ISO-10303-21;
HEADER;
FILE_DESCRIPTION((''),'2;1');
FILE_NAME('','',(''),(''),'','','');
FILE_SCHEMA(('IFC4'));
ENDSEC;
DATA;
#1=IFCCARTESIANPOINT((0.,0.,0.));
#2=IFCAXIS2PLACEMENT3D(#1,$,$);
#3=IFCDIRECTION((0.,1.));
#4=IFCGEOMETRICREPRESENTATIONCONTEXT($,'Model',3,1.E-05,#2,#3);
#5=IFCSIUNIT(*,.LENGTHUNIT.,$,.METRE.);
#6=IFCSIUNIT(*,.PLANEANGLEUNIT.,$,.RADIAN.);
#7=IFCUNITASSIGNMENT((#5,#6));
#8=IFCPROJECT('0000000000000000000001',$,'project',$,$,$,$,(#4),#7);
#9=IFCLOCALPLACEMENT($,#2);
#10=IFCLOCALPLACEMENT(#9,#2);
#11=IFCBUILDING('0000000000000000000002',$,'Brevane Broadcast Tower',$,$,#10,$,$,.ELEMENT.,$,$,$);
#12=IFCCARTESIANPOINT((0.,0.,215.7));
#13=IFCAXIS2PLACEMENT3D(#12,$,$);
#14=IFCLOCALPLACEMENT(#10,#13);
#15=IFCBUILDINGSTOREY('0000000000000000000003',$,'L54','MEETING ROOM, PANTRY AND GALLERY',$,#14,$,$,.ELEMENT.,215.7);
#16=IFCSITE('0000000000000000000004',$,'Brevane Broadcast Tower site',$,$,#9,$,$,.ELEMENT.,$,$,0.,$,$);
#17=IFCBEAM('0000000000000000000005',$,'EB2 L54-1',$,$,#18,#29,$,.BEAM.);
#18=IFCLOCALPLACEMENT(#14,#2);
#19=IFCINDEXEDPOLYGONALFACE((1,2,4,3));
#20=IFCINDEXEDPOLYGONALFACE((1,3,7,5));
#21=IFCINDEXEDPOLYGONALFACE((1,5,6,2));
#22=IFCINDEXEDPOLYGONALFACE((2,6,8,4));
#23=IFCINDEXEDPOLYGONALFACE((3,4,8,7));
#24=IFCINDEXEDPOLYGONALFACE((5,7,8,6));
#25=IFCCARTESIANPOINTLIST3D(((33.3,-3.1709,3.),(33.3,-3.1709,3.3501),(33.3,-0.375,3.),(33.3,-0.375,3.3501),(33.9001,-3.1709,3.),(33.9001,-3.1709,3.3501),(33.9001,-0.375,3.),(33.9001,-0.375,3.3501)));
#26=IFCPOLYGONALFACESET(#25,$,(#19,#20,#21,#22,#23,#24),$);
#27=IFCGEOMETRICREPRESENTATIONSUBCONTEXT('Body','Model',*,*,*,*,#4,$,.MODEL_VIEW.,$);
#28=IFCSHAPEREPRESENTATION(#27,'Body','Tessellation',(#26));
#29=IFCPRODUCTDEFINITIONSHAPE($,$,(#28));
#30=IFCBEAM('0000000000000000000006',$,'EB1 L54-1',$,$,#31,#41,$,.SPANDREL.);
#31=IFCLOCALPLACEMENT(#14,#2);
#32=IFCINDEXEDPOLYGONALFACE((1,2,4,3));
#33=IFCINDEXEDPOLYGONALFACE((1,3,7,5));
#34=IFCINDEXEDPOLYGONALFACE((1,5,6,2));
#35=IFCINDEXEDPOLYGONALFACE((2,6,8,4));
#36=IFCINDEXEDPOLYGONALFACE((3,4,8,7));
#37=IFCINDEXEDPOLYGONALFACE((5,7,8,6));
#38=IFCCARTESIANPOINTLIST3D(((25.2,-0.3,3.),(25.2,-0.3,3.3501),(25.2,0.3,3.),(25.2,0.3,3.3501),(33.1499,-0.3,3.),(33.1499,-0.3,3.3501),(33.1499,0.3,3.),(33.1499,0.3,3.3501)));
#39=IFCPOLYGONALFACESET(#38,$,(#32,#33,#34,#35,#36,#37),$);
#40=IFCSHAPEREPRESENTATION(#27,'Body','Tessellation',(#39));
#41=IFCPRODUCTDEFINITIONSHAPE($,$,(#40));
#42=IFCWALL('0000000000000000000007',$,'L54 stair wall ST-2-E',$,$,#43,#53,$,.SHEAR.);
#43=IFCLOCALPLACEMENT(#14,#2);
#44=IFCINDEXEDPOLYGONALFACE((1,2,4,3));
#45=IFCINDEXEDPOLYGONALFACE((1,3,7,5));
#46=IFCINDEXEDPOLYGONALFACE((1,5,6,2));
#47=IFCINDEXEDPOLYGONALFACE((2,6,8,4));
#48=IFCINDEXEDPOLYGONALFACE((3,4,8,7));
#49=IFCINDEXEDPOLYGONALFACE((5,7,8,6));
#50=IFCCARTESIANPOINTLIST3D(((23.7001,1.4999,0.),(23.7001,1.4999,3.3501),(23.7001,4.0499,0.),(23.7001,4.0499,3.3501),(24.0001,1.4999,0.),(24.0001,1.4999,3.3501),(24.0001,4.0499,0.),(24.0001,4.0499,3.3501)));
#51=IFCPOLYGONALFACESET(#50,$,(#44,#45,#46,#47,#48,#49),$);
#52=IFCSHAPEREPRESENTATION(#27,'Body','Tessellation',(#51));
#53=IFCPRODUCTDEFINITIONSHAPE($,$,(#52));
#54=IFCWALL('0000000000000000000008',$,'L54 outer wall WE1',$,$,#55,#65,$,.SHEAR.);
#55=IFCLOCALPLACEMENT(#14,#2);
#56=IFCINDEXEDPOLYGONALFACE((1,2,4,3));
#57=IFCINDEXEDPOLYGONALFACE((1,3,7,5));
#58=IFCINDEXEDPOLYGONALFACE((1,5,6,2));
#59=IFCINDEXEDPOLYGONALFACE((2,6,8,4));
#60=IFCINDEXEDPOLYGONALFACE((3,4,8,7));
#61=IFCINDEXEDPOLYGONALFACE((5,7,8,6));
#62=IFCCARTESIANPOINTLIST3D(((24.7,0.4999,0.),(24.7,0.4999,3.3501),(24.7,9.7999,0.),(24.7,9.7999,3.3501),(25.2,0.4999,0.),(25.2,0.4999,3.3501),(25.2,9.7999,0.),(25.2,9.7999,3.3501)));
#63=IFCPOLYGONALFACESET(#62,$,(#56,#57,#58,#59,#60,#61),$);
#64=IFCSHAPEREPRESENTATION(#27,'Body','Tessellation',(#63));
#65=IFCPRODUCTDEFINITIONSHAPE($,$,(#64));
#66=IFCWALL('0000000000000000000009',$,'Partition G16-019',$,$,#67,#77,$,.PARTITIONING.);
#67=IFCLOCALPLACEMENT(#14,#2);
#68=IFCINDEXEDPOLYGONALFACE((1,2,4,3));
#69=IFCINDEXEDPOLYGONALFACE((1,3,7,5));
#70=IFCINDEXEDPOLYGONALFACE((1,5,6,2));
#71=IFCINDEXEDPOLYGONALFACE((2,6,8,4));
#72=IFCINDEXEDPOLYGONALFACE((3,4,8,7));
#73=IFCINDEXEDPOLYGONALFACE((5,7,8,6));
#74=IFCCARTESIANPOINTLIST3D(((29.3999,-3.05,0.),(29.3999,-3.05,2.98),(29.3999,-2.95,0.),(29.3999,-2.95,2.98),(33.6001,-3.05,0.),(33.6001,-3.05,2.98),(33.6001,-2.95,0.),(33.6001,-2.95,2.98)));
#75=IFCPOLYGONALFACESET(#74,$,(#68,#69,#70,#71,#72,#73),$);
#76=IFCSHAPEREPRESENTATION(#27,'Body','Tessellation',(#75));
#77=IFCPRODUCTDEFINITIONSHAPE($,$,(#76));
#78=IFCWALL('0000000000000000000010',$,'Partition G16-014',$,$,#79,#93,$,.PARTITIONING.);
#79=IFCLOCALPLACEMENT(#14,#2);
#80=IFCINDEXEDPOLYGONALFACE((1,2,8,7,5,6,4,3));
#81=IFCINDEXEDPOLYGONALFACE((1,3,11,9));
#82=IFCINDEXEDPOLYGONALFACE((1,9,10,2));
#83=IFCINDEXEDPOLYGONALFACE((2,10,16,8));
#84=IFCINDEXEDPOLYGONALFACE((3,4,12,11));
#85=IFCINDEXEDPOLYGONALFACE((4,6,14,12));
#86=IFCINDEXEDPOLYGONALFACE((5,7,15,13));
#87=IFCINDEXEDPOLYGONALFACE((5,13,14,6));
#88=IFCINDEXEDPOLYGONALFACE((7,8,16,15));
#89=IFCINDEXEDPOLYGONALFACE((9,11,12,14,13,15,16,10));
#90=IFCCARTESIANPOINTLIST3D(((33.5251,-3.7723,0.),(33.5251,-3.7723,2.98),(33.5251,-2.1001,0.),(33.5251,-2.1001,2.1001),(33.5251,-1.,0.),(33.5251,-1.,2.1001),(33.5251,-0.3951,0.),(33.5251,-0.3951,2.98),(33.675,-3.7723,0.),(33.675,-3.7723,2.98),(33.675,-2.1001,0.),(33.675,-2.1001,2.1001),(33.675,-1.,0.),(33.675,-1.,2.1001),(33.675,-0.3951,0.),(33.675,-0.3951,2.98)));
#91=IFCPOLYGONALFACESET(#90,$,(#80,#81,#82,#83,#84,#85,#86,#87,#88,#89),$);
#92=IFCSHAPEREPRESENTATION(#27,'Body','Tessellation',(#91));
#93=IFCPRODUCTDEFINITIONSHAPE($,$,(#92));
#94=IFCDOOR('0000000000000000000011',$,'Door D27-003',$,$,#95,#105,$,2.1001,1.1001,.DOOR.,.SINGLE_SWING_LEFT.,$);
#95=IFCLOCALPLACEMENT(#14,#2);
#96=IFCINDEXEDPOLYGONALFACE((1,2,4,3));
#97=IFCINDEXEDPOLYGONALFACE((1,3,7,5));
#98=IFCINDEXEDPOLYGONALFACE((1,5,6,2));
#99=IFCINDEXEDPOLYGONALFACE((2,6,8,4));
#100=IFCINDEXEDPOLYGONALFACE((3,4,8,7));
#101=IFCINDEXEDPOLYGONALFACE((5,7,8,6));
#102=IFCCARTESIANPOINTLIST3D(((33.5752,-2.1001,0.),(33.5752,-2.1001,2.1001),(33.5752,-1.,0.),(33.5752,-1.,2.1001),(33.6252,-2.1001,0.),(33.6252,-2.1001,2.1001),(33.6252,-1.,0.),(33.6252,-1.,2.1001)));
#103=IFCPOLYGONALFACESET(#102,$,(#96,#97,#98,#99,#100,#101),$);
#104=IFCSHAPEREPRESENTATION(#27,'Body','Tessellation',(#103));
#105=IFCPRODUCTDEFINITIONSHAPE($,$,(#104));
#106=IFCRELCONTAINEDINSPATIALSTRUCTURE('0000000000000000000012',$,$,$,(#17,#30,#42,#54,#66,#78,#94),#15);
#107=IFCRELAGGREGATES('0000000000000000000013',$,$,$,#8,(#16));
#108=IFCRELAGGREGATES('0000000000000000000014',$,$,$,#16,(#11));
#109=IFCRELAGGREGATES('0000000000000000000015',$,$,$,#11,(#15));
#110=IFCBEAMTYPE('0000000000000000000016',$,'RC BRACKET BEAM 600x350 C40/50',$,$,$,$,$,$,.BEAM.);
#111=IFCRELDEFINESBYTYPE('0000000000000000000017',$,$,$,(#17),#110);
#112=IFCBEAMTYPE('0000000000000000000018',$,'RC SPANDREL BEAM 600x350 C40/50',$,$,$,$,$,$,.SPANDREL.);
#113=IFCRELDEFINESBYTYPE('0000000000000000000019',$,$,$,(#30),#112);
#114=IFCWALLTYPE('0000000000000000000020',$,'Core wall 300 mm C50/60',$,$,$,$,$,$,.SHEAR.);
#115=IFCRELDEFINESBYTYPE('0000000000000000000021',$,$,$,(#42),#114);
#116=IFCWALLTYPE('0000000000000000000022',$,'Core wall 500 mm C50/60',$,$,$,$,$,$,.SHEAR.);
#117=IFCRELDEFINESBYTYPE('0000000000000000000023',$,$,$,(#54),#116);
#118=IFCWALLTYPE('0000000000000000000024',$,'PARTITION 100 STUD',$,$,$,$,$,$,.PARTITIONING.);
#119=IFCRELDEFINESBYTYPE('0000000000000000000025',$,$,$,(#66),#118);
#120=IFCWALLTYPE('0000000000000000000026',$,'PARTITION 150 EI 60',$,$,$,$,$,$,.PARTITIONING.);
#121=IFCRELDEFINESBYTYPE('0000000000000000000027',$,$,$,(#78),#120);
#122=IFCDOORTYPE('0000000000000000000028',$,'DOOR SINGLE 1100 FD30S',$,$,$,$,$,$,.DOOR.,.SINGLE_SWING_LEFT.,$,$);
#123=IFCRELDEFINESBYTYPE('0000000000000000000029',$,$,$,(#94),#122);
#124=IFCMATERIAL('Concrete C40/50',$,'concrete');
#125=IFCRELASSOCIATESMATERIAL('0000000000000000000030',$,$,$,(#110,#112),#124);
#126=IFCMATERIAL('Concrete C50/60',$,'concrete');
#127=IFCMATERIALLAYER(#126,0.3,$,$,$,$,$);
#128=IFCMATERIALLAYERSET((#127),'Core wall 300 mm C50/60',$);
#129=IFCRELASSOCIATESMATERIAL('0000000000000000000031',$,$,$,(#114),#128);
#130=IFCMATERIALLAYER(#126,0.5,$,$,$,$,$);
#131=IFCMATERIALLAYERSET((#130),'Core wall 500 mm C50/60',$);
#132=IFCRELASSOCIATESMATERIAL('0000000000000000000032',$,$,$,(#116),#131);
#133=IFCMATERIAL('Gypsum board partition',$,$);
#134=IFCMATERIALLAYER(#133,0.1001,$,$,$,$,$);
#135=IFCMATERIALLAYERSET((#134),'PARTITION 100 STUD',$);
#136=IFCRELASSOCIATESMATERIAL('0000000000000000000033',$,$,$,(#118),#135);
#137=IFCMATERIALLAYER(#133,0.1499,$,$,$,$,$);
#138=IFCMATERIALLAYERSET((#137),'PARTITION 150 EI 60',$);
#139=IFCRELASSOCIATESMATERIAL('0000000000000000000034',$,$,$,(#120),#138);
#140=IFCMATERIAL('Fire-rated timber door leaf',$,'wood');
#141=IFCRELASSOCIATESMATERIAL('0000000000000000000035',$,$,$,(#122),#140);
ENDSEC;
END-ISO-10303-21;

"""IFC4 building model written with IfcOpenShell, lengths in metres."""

from ifc_helpers import new_model, si_unit, direction, frame, frame_2d, origin, origin_2d, place, context, subcontext, project, spatial, rectangle, extrude, material, layer, layer_set, material_profile, profile_set, type_object, element, fill, save


model = new_model("IFC4")

# Units and contexts
model_context = context("Model", 3, precision=1e-05, world=origin(), true_north=direction((0.0, 1.0)))
body_context = subcontext(model_context, "Body", "Model", "MODEL_VIEW")
ifc_project = project(units=[si_unit("LENGTHUNIT", "METRE"), si_unit("PLANEANGLEUNIT", "RADIAN")], contexts=[model_context])

# Site, building, storey
site_placement = place(None, origin())
site = spatial("IfcSite", under=ifc_project, at=site_placement, Name="Brevane Broadcast Tower site", CompositionType="ELEMENT", RefElevation=0.0)
building_placement = place(site_placement, origin())
building = spatial("IfcBuilding", under=site, at=building_placement, Name="Brevane Broadcast Tower", CompositionType="ELEMENT")
storey_placement = place(building_placement, frame((0.0, 0.0, 215.7)))
storey = spatial("IfcBuildingStorey", under=building, at=storey_placement, Name="L54", Description="MEETING ROOM, PANTRY AND GALLERY", CompositionType="ELEMENT", Elevation=215.7)

# Shared definitions
ifc_material_1 = material(Name="Concrete C50/60", Category="concrete")

# Beams
ifc_material_2 = material(Name="Concrete C40/50", Category="concrete")
ifc_material_profile_1 = material_profile(ifc_material_2, rectangle(XDim=0.6001, YDim=0.3501, at=origin_2d()), Name="RC 600x350")
ifc_profile_set_1 = profile_set([ifc_material_profile_1], Name="Concrete C40/50")
beam_type_1 = type_object("IfcBeamType", Name="RC BRACKET BEAM 600x350 C40/50", PredefinedType="BEAM", material=ifc_profile_set_1)
beam_1_placement = place(storey_placement, frame((33.6001, -0.375, 3.175), z_axis=(0.0, -1.0, 0.0), x_axis=(1.0, 0.0, 0.0)))
element("IfcBeam", 1, at=beam_1_placement, inside=storey, type_object=beam_type_1, Name="EB2 L54-1", PredefinedType="BEAM", context=body_context, shape_type="SweptSolid", body=[
    extrude(rectangle(XDim=0.6001, YDim=0.3501, at=origin_2d()), origin(), (0.0, 0.0, 1.0), 2.7959),
])
ifc_material_profile_2 = material_profile(ifc_material_2, rectangle(XDim=0.6001, YDim=0.3501, at=origin_2d()), Name="RC 600x350")
ifc_profile_set_2 = profile_set([ifc_material_profile_2], Name="Concrete C40/50")
beam_type_2 = type_object("IfcBeamType", Name="RC SPANDREL BEAM 600x350 C40/50", PredefinedType="SPANDREL", material=ifc_profile_set_2)
beam_2_placement = place(storey_placement, frame((25.2, 0.0, 3.175), z_axis=(1.0, 0.0, 0.0), x_axis=(0.0, 1.0, 0.0)))
element("IfcBeam", 2, at=beam_2_placement, inside=storey, type_object=beam_type_2, Name="EB1 L54-1", PredefinedType="SPANDREL", context=body_context, shape_type="SweptSolid", body=[
    extrude(rectangle(XDim=0.6001, YDim=0.3501, at=origin_2d()), origin(), (0.0, 0.0, 1.0), 7.95),
])

# Walls
ifc_layer_1 = layer(ifc_material_1, 0.3)
ifc_layer_set_1 = layer_set([ifc_layer_1], Name="Core wall 300 mm C50/60")
wall_type_1 = type_object("IfcWallType", Name="Core wall 300 mm C50/60", PredefinedType="SHEAR", material=ifc_layer_set_1)
wall_1_placement = place(storey_placement, frame((23.8501, 1.5, 0.0), z_axis=(0.0, 0.0, 1.0), x_axis=(0.0, 1.0, 0.0)))
element("IfcWall", 3, at=wall_1_placement, inside=storey, type_object=wall_type_1, Name="L54 stair wall ST-2-E", PredefinedType="SHEAR", context=body_context, shape_type="SweptSolid", body=[
    extrude(rectangle(XDim=2.55, YDim=0.3, at=frame_2d((1.2749, 0.0))), origin(), (0.0, 0.0, 1.0), 3.3501),
])
ifc_layer_2 = layer(ifc_material_1, 0.5)
ifc_layer_set_2 = layer_set([ifc_layer_2], Name="Core wall 500 mm C50/60")
wall_type_2 = type_object("IfcWallType", Name="Core wall 500 mm C50/60", PredefinedType="SHEAR", material=ifc_layer_set_2)
wall_2_placement = place(storey_placement, frame((24.95, 0.5, 0.0), z_axis=(0.0, 0.0, 1.0), x_axis=(0.0, 1.0, 0.0)))
element("IfcWall", 4, at=wall_2_placement, inside=storey, type_object=wall_type_2, Name="L54 outer wall WE1", PredefinedType="SHEAR", context=body_context, shape_type="SweptSolid", body=[
    extrude(rectangle(XDim=9.3, YDim=0.5, at=frame_2d((4.6499, 0.0))), origin(), (0.0, 0.0, 1.0), 3.3501),
])
ifc_material_3 = material(Name="Gypsum board partition")
ifc_layer_3 = layer(ifc_material_3, 0.1001)
ifc_layer_set_3 = layer_set([ifc_layer_3], Name="PARTITION 100 STUD")
wall_type_3 = type_object("IfcWallType", Name="PARTITION 100 STUD", PredefinedType="PARTITIONING", material=ifc_layer_set_3)
wall_3_placement = place(storey_placement, frame((29.3999, -3.0, 0.0), z_axis=(0.0, 0.0, 1.0), x_axis=(1.0, 0.0, 0.0)))
element("IfcWall", 5, at=wall_3_placement, inside=storey, type_object=wall_type_3, Name="Partition G16-019", PredefinedType="PARTITIONING", context=body_context, shape_type="SweptSolid", body=[
    extrude(rectangle(XDim=4.2002, YDim=0.1001, at=frame_2d((2.1001, 0.0))), origin(), (0.0, 0.0, 1.0), 2.98),
])

# Wall, opening, door
ifc_layer_4 = layer(ifc_material_3, 0.1499)
ifc_layer_set_4 = layer_set([ifc_layer_4], Name="PARTITION 150 EI 60")
wall_type_4 = type_object("IfcWallType", Name="PARTITION 150 EI 60", PredefinedType="PARTITIONING", material=ifc_layer_set_4)
wall_4_placement = place(storey_placement, frame((33.6001, -3.7722, 0.0), z_axis=(0.0, 0.0, 1.0), x_axis=(0.0, 1.0, 0.0)))
wall_4 = element("IfcWall", 6, at=wall_4_placement, inside=storey, type_object=wall_type_4, Name="Partition G16-014", PredefinedType="PARTITIONING", context=body_context, shape_type="SweptSolid", body=[
    extrude(rectangle(XDim=3.3772, YDim=0.1499, at=frame_2d((1.6885, 0.0))), origin(), (0.0, 0.0, 1.0), 2.98),
])
opening_placement = place(wall_4_placement, frame((1.6721, 0.0, 0.0)))
opening = element("IfcOpeningElement", 7, at=opening_placement, cuts=wall_4, PredefinedType="OPENING", context=body_context, shape_type="SweptSolid", body=[
    extrude(rectangle(XDim=1.1001, YDim=2.1001, at=frame_2d((0.55, 1.05))), frame((0.0, 0.085, 0.0), z_axis=(0.0, -1.0, 0.0), x_axis=(1.0, 0.0, 0.0)), (0.0, 0.0, 1.0), 0.1699),
])
ifc_material_4 = material(Name="Fire-rated timber door leaf", Category="wood")
door_type = type_object("IfcDoorType", Name="DOOR SINGLE 1100 FD30S", OperationType="SINGLE_SWING_LEFT", PredefinedType="DOOR", material=ifc_material_4)
door_placement = place(opening_placement, origin())
door = element("IfcDoor", 8, at=door_placement, inside=storey, type_object=door_type, Name="Door D27-003", OperationType="SINGLE_SWING_LEFT", OverallHeight=2.1001, OverallWidth=1.1001, PredefinedType="DOOR", context=body_context, shape_type="SweptSolid", body=[
    extrude(rectangle(XDim=1.1001, YDim=2.1001, at=frame_2d((0.55, 1.05))), frame((0.0, 0.0249, 0.0), z_axis=(0.0, -1.0, 0.0), x_axis=(1.0, 0.0, 0.0)), (0.0, 0.0, 1.0), 0.05),
])
fill(opening, door)

save(model, "model.ifc")
